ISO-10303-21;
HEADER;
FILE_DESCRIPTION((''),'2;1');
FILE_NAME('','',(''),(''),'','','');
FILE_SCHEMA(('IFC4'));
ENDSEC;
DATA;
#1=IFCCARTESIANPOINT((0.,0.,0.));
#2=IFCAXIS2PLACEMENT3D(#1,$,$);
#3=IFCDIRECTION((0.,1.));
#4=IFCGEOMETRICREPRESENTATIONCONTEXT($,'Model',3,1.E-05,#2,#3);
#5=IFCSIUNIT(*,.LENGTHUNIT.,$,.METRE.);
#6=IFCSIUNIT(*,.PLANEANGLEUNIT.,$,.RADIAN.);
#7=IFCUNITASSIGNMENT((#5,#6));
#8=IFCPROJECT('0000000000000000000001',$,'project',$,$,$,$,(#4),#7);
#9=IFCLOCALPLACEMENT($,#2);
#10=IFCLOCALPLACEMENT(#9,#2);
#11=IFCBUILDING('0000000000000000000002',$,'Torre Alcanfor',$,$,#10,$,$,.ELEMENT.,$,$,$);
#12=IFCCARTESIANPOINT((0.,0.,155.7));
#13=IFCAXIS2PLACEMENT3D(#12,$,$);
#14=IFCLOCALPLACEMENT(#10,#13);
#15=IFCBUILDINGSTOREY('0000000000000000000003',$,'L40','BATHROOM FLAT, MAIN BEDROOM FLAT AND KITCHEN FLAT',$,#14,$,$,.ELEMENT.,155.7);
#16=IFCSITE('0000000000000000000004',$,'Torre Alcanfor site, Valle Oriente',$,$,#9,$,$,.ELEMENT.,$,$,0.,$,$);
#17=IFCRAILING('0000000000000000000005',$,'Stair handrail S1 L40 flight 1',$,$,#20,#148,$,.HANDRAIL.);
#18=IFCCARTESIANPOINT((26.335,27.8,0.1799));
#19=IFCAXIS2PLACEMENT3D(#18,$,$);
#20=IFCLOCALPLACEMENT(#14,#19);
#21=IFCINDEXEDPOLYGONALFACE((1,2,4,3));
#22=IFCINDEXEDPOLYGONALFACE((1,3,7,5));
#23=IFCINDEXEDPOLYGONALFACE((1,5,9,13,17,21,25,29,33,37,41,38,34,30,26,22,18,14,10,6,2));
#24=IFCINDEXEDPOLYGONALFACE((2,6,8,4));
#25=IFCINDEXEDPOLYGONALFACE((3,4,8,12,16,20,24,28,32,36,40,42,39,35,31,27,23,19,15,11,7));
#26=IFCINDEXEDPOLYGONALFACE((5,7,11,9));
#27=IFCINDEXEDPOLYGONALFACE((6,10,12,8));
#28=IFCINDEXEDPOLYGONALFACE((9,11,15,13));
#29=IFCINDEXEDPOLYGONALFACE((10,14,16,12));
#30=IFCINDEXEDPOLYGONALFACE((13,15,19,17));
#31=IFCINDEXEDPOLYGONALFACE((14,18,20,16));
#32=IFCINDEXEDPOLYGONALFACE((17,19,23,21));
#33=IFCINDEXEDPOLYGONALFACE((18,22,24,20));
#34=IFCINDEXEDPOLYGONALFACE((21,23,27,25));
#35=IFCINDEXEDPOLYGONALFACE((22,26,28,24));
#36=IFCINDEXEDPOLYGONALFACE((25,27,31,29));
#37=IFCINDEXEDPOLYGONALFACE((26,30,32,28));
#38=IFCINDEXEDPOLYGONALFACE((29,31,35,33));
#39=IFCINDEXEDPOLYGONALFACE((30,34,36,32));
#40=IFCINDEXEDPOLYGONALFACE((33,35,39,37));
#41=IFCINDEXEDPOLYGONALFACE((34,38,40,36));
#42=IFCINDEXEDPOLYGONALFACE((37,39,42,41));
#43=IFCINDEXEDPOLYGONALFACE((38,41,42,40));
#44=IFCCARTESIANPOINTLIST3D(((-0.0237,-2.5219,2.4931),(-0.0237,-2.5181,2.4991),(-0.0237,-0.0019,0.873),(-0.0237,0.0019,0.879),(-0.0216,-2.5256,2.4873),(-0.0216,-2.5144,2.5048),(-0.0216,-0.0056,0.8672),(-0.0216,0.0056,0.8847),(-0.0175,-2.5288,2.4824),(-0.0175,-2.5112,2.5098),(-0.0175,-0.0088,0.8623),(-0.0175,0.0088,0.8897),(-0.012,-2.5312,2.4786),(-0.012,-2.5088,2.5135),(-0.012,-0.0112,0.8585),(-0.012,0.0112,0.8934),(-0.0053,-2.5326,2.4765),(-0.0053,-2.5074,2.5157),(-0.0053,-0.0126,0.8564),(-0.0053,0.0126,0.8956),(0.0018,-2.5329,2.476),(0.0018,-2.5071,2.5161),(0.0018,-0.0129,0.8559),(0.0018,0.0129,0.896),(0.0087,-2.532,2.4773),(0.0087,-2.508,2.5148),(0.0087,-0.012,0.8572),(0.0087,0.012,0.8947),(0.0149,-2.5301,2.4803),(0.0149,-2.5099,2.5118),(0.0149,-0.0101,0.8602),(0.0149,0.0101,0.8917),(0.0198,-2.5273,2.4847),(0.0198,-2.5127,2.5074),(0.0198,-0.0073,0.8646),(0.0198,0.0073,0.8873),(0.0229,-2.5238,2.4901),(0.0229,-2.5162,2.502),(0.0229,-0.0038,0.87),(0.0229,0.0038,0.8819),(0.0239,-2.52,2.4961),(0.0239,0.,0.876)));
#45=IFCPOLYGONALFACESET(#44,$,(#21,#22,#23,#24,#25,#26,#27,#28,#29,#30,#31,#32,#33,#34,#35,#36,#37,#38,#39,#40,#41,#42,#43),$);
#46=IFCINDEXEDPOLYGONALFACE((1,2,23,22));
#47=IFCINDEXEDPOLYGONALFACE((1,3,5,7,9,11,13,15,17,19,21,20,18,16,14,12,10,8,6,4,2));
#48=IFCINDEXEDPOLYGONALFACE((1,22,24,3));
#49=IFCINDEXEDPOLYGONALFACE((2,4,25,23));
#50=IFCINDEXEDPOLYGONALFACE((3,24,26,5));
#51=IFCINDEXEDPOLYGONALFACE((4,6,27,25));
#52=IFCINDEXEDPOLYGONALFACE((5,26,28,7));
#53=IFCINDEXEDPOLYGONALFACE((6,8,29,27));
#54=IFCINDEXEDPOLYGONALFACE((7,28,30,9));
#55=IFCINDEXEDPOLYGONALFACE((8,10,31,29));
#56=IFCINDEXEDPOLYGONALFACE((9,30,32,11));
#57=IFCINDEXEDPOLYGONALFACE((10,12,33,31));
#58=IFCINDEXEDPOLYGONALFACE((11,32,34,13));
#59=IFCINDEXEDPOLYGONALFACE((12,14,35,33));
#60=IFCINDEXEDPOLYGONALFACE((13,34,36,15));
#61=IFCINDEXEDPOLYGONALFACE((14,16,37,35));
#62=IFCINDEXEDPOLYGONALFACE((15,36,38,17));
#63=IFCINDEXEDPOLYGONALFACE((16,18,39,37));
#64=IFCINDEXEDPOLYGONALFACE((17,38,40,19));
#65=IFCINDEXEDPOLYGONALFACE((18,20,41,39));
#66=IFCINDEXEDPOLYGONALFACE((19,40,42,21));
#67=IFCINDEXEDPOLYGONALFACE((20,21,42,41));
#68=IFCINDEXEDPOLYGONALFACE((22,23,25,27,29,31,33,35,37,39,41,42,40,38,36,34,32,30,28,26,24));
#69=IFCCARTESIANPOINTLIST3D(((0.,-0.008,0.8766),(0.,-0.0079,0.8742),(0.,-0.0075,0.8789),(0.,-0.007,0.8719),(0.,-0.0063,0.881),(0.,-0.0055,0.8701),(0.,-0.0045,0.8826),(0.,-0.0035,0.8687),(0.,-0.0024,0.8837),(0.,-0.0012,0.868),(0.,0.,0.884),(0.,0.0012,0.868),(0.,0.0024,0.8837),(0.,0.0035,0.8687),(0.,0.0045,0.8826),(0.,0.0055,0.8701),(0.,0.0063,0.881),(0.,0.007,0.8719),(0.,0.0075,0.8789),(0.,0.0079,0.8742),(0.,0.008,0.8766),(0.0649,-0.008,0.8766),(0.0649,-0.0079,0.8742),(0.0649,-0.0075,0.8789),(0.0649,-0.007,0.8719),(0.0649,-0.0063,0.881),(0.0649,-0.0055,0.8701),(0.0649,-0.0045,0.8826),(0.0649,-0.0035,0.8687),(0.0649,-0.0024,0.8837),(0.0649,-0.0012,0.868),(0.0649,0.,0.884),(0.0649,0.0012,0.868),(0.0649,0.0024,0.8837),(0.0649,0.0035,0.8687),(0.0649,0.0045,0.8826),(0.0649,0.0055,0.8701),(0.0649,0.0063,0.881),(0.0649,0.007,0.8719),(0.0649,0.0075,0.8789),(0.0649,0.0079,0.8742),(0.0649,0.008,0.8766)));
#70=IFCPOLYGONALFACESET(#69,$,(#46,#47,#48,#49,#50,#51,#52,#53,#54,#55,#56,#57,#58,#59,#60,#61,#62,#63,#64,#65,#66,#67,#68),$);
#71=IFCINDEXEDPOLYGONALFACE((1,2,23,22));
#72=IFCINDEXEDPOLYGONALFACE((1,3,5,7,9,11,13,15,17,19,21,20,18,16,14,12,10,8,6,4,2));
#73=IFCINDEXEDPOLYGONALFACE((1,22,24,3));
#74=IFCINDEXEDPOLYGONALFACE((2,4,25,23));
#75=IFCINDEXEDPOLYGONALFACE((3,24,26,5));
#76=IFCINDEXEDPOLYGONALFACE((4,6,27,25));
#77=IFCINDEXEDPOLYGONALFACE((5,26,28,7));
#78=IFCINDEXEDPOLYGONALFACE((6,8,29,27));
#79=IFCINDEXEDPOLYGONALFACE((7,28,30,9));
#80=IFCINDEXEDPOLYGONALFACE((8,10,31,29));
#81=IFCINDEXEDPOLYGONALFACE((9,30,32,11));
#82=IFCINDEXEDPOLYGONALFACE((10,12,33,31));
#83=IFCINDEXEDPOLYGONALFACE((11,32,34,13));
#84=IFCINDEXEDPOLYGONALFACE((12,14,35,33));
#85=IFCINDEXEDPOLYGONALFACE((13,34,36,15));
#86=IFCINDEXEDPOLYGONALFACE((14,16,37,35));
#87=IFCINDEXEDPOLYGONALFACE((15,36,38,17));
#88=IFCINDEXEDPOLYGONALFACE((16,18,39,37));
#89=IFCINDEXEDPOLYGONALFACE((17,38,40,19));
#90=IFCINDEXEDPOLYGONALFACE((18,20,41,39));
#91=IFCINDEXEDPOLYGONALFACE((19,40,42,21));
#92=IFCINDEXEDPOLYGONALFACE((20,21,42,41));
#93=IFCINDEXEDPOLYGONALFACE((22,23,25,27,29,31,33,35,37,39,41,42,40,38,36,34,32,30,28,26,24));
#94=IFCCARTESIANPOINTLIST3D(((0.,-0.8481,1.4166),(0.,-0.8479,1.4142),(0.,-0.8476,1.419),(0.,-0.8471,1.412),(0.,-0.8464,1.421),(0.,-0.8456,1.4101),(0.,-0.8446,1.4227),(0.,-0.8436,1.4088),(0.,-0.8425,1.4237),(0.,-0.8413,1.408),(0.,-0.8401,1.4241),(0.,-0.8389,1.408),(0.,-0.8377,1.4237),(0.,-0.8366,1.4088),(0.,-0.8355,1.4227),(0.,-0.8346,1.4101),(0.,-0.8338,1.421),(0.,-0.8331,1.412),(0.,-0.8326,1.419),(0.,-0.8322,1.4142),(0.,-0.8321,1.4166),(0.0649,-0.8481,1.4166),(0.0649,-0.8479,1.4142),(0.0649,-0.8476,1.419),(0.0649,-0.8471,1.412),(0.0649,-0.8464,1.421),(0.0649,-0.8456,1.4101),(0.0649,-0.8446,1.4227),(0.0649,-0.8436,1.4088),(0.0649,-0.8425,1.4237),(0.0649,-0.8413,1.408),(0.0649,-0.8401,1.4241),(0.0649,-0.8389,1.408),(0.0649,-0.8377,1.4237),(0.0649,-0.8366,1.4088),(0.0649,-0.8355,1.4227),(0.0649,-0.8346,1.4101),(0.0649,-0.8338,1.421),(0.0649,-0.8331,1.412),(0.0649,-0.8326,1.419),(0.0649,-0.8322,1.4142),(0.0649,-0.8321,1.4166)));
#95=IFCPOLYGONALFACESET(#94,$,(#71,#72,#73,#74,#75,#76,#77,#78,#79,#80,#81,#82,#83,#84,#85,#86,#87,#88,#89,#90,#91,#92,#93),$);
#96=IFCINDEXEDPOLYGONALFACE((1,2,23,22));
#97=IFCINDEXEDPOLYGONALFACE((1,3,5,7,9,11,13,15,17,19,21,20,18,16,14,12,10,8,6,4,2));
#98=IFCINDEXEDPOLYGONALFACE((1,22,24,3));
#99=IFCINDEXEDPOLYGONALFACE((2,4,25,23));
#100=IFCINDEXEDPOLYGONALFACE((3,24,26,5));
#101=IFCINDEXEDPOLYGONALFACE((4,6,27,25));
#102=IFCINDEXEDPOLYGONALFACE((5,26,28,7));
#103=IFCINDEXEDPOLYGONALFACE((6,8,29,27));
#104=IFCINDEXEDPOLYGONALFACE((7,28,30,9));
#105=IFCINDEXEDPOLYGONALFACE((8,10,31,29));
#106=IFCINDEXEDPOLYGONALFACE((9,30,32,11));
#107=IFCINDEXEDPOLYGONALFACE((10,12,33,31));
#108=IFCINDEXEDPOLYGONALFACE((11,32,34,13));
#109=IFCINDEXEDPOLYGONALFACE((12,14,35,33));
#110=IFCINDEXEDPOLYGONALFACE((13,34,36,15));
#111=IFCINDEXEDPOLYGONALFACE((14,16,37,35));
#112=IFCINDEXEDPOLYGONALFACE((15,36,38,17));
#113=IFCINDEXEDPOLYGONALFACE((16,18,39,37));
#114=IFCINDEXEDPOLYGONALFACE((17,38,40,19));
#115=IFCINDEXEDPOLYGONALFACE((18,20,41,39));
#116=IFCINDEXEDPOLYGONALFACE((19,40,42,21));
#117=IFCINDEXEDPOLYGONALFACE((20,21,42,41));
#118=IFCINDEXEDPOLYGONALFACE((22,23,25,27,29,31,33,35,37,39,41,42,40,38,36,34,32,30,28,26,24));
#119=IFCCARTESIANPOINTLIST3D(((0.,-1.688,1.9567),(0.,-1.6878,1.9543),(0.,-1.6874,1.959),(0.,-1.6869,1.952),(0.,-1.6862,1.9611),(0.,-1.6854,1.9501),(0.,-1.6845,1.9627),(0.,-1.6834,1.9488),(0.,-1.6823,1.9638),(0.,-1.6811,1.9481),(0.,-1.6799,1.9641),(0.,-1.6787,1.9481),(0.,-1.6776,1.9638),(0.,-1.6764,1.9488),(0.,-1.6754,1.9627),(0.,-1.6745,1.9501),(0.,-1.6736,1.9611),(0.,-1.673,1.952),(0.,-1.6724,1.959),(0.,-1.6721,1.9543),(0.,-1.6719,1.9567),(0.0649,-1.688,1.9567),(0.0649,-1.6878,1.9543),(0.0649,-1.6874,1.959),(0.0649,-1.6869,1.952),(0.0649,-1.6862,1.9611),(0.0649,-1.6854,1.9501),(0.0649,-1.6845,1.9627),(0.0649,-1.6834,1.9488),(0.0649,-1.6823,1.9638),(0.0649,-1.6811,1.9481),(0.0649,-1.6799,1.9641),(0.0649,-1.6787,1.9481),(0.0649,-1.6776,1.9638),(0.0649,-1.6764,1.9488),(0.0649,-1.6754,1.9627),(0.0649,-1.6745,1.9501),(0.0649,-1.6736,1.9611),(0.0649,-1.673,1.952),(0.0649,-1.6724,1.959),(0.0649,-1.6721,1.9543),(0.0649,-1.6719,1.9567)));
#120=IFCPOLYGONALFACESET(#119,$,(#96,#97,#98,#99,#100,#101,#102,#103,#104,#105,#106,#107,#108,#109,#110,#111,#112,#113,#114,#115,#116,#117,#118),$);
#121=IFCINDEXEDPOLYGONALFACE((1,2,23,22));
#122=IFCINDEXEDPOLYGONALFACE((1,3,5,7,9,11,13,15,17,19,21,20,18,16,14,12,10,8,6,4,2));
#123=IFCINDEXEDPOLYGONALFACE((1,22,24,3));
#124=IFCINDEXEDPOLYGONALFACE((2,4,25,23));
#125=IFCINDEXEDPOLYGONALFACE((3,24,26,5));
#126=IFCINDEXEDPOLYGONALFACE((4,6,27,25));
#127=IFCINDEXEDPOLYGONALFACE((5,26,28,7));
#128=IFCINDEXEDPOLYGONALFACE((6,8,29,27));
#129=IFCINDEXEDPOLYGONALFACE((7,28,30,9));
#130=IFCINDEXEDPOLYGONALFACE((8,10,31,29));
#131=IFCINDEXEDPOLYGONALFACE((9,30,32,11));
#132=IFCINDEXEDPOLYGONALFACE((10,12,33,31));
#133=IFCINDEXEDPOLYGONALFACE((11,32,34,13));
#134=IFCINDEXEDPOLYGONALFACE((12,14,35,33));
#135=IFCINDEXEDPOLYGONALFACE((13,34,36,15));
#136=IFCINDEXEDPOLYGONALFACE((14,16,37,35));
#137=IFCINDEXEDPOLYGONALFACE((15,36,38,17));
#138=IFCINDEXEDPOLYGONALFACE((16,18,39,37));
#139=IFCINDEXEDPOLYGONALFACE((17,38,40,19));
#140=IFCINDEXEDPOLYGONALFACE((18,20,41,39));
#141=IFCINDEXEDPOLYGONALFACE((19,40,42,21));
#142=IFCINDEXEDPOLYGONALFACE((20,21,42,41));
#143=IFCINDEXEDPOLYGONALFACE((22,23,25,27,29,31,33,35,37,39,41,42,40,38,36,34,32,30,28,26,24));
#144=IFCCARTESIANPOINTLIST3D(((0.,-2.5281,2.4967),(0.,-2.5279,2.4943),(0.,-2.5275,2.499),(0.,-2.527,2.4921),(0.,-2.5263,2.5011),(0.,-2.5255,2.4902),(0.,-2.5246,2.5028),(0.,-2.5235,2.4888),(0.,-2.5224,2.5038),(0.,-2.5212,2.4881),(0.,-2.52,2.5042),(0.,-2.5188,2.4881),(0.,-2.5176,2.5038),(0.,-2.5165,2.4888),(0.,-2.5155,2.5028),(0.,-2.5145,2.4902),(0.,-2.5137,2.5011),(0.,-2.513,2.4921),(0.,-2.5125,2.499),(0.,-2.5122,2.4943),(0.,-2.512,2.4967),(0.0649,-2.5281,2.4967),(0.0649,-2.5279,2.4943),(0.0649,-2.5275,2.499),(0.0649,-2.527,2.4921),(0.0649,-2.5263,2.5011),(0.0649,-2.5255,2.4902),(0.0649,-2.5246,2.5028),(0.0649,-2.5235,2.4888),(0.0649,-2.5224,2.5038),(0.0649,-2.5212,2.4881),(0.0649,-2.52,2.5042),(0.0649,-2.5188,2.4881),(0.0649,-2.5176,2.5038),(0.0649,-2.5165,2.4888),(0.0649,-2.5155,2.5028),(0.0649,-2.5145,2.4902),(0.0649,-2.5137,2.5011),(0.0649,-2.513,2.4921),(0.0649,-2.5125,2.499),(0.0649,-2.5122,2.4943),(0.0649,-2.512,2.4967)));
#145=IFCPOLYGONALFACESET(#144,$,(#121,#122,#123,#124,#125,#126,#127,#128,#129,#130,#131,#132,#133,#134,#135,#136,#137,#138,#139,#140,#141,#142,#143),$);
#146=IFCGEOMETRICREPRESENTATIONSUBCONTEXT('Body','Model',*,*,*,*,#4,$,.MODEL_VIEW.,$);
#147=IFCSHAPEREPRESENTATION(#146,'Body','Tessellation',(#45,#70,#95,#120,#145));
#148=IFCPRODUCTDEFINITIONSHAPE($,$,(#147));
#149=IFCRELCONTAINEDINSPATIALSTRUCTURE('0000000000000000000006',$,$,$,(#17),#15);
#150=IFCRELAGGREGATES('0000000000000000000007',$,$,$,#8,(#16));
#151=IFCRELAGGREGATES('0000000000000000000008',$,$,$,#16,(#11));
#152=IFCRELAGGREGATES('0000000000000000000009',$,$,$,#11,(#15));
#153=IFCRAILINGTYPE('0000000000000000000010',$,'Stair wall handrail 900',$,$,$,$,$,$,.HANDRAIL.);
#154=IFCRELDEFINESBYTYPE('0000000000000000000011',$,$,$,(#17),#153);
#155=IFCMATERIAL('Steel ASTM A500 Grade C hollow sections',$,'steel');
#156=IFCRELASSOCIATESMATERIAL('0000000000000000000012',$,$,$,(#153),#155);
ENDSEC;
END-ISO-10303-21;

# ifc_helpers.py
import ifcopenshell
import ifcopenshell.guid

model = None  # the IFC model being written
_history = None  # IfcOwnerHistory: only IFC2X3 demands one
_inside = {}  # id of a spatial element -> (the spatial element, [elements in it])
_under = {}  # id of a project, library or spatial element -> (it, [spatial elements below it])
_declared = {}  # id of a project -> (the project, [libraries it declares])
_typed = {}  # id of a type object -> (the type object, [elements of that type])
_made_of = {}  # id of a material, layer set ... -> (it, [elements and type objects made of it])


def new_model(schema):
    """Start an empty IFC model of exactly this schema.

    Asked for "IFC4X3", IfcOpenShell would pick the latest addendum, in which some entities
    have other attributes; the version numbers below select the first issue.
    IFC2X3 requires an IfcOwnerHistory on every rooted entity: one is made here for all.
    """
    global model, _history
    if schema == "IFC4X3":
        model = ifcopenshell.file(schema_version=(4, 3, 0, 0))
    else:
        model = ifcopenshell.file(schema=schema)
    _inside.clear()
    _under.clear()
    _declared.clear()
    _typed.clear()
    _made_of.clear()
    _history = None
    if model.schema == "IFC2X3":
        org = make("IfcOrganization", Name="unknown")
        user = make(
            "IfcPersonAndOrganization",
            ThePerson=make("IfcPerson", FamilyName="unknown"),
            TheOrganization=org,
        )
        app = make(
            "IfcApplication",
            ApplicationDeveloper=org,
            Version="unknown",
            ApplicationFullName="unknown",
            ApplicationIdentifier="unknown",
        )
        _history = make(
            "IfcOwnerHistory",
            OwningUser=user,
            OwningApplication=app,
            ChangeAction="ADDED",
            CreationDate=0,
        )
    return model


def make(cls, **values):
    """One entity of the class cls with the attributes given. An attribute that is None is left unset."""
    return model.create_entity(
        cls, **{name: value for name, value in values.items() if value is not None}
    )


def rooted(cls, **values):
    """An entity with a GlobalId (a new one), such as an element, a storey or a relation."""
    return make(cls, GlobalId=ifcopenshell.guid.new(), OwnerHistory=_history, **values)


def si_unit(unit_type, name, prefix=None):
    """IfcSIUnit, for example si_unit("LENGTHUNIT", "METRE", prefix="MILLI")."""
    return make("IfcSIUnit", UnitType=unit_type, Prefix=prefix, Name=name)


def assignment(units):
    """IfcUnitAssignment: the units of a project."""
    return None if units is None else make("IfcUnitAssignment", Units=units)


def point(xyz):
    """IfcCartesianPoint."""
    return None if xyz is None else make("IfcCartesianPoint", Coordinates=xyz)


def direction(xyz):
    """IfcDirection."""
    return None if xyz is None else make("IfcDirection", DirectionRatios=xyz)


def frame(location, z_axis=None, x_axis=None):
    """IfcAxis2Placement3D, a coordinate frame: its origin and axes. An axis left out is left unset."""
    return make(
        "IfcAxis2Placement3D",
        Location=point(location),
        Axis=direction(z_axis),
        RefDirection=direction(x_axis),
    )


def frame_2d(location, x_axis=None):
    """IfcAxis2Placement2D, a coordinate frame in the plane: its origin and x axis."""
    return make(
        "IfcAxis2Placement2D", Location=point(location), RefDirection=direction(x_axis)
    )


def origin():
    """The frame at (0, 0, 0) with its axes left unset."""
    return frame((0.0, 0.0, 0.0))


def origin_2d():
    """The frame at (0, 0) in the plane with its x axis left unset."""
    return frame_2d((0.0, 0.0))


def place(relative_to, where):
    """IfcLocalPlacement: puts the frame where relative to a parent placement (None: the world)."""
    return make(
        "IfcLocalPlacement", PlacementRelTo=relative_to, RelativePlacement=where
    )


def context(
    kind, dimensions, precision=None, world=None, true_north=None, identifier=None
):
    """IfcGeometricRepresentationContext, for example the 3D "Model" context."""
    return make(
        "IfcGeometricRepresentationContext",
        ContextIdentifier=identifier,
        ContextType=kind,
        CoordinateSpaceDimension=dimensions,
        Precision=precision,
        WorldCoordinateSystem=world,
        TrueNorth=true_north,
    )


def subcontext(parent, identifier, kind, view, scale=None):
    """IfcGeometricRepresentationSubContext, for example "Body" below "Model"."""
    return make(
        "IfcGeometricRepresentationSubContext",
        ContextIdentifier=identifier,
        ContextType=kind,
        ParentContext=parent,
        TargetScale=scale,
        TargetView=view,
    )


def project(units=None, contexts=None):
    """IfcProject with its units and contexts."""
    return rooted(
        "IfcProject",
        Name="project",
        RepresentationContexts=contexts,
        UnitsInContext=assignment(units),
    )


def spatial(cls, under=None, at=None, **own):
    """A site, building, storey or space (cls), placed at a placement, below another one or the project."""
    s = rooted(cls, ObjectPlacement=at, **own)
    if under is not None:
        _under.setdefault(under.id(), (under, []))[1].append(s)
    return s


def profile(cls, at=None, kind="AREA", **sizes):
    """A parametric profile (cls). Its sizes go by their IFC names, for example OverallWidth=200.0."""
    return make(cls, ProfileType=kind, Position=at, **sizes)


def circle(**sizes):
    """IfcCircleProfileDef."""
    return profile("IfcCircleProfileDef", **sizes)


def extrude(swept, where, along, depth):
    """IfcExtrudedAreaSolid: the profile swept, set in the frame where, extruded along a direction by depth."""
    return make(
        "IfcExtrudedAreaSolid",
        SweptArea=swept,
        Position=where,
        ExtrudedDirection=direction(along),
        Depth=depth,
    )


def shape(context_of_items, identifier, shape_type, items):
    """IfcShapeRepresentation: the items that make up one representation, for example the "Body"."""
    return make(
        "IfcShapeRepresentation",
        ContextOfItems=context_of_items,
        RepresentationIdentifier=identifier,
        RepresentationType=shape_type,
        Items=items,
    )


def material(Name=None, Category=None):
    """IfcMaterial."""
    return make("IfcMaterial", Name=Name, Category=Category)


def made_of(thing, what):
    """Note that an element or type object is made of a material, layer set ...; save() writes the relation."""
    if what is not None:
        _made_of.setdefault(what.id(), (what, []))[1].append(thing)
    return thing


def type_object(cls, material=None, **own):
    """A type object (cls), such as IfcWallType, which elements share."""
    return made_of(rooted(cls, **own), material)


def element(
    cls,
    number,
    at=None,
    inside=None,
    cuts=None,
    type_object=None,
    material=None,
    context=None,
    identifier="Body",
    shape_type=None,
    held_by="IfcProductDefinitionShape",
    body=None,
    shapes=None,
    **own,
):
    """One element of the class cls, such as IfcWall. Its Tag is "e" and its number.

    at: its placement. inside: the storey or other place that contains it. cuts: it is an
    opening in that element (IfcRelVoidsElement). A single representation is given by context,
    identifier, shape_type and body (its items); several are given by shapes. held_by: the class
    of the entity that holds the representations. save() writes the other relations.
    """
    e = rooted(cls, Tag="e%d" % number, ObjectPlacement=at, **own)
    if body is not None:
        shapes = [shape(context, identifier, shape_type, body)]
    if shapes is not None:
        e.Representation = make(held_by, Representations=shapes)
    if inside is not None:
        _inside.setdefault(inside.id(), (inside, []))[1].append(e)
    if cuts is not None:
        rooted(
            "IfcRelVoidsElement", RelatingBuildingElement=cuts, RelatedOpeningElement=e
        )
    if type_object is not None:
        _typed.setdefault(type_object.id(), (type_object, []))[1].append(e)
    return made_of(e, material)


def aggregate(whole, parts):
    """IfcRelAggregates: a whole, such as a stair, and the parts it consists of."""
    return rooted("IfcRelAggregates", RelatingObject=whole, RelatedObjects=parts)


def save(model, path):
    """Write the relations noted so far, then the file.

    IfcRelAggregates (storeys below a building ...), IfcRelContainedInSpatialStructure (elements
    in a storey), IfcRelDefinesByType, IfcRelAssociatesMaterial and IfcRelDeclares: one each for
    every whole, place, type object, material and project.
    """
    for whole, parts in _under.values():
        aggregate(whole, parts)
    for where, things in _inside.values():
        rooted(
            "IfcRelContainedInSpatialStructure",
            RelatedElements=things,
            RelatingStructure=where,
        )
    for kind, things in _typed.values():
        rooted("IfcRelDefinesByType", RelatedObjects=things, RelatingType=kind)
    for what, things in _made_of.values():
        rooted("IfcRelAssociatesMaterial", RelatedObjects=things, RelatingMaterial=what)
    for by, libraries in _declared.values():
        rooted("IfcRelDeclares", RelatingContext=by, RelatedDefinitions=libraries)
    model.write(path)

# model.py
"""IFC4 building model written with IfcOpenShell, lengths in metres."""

from ifc_helpers import new_model, si_unit, direction, frame, origin, origin_2d, place, context, subcontext, project, spatial, circle, extrude, material, type_object, element, save


model = new_model("IFC4")

# Units and contexts
model_context = context("Model", 3, precision=1e-05, world=origin(), true_north=direction((0.0, 1.0)))
body_context = subcontext(model_context, "Body", "Model", "MODEL_VIEW")
ifc_project = project(units=[si_unit("LENGTHUNIT", "METRE"), si_unit("PLANEANGLEUNIT", "RADIAN")], contexts=[model_context])

# Site, building, storey
site_placement = place(None, origin())
site = spatial("IfcSite", under=ifc_project, at=site_placement, Name="Torre Alcanfor site, Valle Oriente", CompositionType="ELEMENT", RefElevation=0.0)
building_placement = place(site_placement, origin())
building = spatial("IfcBuilding", under=site, at=building_placement, Name="Torre Alcanfor", CompositionType="ELEMENT")
storey_placement = place(building_placement, frame((0.0, 0.0, 155.7)))
storey = spatial("IfcBuildingStorey", under=building, at=storey_placement, Name="L40", Description="BATHROOM FLAT, MAIN BEDROOM FLAT AND KITCHEN FLAT", CompositionType="ELEMENT", Elevation=155.7)

# Railing
ifc_material_1 = material(Name="Steel ASTM A500 Grade C hollow sections", Category="steel")
railing_type_1 = type_object("IfcRailingType", Name="Stair wall handrail 900", PredefinedType="HANDRAIL", material=ifc_material_1)
railing_1_placement = place(storey_placement, frame((26.335, 27.8, 0.1799)))
element("IfcRailing", 1, at=railing_1_placement, inside=storey, type_object=railing_type_1, Name="Stair handrail S1 L40 flight 1", PredefinedType="HANDRAIL", context=body_context, shape_type="SweptSolid", body=[
    extrude(circle(Radius=0.0239, at=origin_2d()), frame((0.0, 0.0, 0.876), z_axis=(0.0, -0.841163, 0.540782), x_axis=(1.0, 0.0, 0.0)), (0.0, 0.0, 1.0), 2.9958),
    extrude(circle(Radius=0.0081, at=origin_2d()), frame((0.0, 0.0, 0.876), z_axis=(1.0, 0.0, 0.0), x_axis=(0.0, 0.0, 1.0)), (0.0, 0.0, 1.0), 0.0649),
    extrude(circle(Radius=0.0081, at=origin_2d()), frame((0.0, -0.8401, 1.416), z_axis=(1.0, 0.0, 0.0), x_axis=(0.0, 0.0, 1.0)), (0.0, 0.0, 1.0), 0.0649),
    extrude(circle(Radius=0.0081, at=origin_2d()), frame((0.0, -1.6799, 1.9561), z_axis=(1.0, 0.0, 0.0), x_axis=(0.0, 0.0, 1.0)), (0.0, 0.0, 1.0), 0.0649),
    extrude(circle(Radius=0.0081, at=origin_2d()), frame((0.0, -2.52, 2.4961), z_axis=(1.0, 0.0, 0.0), x_axis=(0.0, 0.0, 1.0)), (0.0, 0.0, 1.0), 0.0649),
])

save(model, "model.ifc")
